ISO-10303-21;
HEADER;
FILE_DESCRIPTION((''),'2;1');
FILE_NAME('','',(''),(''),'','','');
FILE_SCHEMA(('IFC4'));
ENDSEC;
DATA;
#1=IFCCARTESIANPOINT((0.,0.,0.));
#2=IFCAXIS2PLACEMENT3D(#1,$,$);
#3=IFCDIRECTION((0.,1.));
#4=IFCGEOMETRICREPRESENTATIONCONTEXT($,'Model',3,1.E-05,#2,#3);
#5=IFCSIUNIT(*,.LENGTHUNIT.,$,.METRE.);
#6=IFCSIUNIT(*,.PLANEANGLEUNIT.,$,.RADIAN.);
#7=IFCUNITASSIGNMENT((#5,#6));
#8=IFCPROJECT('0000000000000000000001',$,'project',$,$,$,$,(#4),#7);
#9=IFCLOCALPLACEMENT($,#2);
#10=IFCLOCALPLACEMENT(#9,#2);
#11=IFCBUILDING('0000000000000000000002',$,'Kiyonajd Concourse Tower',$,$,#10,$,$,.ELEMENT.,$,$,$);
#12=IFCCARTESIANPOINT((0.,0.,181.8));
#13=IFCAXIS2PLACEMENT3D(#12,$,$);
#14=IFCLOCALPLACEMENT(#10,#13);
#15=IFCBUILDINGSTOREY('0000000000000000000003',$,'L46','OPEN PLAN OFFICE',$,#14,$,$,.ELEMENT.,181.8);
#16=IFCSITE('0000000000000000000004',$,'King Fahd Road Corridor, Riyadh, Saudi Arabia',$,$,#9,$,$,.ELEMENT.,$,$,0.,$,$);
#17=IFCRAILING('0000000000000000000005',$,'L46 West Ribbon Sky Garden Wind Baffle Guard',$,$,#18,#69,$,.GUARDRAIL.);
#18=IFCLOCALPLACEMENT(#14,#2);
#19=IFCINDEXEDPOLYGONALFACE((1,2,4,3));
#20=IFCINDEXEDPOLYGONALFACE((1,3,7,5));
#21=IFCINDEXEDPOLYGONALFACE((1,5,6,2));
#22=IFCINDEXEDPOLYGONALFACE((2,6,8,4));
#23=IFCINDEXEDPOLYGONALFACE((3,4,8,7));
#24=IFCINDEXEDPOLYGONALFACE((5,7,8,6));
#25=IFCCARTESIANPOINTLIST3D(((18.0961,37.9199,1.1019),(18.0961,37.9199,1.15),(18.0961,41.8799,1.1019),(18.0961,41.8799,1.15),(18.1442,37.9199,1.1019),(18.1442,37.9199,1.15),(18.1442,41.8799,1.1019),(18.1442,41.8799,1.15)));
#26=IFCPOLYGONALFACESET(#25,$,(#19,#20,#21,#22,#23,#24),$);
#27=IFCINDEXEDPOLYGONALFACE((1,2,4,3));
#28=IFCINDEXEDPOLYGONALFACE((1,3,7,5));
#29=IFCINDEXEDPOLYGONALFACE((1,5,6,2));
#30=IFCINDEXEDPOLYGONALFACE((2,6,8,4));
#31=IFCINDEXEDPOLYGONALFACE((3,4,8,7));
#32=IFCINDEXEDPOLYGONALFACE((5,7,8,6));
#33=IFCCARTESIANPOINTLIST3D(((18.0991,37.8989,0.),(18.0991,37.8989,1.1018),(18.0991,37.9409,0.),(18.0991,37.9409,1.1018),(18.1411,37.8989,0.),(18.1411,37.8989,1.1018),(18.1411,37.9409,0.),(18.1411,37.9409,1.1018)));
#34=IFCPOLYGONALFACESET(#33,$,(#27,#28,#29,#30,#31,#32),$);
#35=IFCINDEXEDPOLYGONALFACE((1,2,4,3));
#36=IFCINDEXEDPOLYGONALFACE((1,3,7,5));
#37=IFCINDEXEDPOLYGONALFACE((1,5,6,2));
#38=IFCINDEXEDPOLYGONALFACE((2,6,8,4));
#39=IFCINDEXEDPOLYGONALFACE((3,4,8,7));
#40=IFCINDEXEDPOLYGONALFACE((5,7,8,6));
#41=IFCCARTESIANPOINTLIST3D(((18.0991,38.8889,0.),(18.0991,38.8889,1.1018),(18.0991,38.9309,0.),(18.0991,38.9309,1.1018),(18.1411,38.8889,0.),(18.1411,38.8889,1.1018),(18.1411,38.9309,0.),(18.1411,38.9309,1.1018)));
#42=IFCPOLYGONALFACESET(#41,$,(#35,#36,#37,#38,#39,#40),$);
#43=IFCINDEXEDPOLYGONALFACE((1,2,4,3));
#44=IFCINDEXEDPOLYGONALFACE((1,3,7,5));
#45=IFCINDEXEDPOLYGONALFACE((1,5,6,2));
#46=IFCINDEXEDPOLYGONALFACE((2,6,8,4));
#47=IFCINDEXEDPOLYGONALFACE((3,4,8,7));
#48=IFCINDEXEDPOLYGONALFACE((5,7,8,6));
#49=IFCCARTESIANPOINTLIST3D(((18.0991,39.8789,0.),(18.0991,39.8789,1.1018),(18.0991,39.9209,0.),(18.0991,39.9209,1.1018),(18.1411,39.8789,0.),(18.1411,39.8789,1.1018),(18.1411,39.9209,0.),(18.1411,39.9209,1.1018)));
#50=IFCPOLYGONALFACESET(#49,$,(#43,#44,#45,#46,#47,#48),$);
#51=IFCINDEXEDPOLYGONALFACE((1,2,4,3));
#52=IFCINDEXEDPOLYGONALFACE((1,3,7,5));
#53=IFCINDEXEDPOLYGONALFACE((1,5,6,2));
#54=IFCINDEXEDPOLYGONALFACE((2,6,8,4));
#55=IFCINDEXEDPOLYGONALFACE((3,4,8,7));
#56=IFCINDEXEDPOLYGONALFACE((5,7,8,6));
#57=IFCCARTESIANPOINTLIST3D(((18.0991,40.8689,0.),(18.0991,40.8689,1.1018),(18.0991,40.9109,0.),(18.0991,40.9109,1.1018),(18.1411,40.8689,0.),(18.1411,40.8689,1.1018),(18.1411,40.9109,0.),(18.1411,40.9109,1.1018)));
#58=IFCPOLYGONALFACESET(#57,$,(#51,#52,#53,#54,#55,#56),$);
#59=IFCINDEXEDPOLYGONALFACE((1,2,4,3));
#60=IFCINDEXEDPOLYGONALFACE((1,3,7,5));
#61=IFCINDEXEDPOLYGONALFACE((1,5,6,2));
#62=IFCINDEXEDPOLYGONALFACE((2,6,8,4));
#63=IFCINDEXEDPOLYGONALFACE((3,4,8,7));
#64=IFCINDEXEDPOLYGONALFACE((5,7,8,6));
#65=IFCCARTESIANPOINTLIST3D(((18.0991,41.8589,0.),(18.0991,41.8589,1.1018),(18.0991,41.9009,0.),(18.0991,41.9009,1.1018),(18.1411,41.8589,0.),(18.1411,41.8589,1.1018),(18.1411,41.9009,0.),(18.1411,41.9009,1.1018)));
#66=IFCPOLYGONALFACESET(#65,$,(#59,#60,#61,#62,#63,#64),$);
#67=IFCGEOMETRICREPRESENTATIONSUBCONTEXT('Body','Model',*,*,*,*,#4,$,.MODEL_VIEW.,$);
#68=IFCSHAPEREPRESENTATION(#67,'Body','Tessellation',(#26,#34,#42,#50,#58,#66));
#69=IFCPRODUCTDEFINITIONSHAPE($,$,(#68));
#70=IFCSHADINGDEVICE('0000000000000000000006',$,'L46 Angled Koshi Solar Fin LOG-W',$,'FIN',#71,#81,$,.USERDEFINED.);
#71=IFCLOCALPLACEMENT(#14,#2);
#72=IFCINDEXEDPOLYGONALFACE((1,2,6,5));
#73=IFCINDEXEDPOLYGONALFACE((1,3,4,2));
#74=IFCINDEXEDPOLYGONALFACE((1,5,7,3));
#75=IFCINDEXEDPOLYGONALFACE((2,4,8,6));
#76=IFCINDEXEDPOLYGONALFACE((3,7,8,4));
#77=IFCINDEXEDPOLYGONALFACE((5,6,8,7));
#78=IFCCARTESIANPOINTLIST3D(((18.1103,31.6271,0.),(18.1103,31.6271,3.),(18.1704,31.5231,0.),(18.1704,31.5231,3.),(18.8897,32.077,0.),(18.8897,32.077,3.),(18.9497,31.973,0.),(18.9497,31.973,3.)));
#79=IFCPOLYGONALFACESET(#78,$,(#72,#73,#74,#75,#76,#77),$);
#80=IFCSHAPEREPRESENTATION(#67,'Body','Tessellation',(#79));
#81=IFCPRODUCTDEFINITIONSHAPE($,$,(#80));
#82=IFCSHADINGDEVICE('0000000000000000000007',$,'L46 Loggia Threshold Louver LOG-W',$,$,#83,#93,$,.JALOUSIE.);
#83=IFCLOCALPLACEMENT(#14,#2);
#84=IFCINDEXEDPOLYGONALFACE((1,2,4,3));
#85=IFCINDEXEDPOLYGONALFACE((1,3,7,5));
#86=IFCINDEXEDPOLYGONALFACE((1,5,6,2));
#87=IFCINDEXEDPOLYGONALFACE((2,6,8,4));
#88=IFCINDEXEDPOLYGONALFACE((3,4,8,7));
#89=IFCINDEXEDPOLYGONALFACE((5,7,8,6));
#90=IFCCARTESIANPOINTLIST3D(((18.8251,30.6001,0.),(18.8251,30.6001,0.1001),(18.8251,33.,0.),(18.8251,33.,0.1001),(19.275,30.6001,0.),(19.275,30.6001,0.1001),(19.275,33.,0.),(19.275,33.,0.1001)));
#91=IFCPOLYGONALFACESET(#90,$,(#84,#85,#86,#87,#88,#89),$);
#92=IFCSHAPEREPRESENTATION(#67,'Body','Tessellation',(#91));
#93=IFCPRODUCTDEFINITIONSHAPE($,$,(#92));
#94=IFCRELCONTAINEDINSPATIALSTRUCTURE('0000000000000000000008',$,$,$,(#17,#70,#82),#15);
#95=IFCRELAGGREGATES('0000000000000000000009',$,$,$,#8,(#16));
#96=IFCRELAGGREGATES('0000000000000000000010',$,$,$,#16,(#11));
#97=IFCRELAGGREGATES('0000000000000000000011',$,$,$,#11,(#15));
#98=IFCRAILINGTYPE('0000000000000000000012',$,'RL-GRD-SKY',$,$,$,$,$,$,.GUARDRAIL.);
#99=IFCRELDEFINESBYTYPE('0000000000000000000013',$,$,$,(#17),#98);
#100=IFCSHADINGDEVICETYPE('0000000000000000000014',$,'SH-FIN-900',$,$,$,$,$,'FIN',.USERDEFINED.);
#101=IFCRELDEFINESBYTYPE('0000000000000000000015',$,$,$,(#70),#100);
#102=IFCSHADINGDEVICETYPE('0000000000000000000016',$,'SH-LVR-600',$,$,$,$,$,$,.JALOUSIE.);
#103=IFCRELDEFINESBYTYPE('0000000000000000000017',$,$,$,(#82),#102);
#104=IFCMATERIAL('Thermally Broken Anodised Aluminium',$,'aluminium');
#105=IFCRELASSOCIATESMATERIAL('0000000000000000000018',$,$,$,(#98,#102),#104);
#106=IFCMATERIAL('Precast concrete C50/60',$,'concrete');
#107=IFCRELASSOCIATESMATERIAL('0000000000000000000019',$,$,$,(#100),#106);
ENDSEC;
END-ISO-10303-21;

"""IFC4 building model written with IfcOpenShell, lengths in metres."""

from ifc_helpers import new_model, si_unit, direction, frame, origin, origin_2d, place, context, subcontext, project, spatial, rectangle, extrude, material, type_object, element, save


model = new_model("IFC4")

# Units and contexts
model_context = context("Model", 3, precision=1e-05, world=origin(), true_north=direction((0.0, 1.0)))
body_context = subcontext(model_context, "Body", "Model", "MODEL_VIEW")
ifc_project = project(units=[si_unit("LENGTHUNIT", "METRE"), si_unit("PLANEANGLEUNIT", "RADIAN")], contexts=[model_context])

# Site, building, storey
site_placement = place(None, origin())
site = spatial("IfcSite", under=ifc_project, at=site_placement, Name="King Fahd Road Corridor, Riyadh, Saudi Arabia", CompositionType="ELEMENT", RefElevation=0.0)
building_placement = place(site_placement, origin())
building = spatial("IfcBuilding", under=site, at=building_placement, Name="Kiyonajd Concourse Tower", CompositionType="ELEMENT")
storey_placement = place(building_placement, frame((0.0, 0.0, 181.8)))
storey = spatial("IfcBuildingStorey", under=building, at=storey_placement, Name="L46", Description="OPEN PLAN OFFICE", CompositionType="ELEMENT", Elevation=181.8)

# Shared definitions
ifc_material_1 = material(Name="Thermally Broken Anodised Aluminium", Category="aluminium")

# Shared definitions
ifc_material_2 = material(Name="Precast concrete C50/60", Category="concrete")

# Railing
railing_type_1 = type_object("IfcRailingType", Name="RL-GRD-SKY", PredefinedType="GUARDRAIL", material=ifc_material_1)
railing_1_placement = place(storey_placement, frame((18.1201, 37.9199, 0.0)))
element("IfcRailing", 1, at=railing_1_placement, inside=storey, type_object=railing_type_1, Name="L46 West Ribbon Sky Garden Wind Baffle Guard", PredefinedType="GUARDRAIL", context=body_context, shape_type="SweptSolid", body=[
    extrude(rectangle(XDim=0.0481, YDim=0.0481, at=origin_2d()), frame((0.0, 0.0, 1.126), z_axis=(0.0, 1.0, 0.0), x_axis=(-1.0, 0.0, 0.0)), (0.0, 0.0, 1.0), 3.96),
    extrude(rectangle(XDim=0.042, YDim=0.042, at=origin_2d()), origin(), (0.0, 0.0, 1.0), 1.1018),
    extrude(rectangle(XDim=0.042, YDim=0.042, at=origin_2d()), frame((0.0, 0.99, 0.0)), (0.0, 0.0, 1.0), 1.1018),
    extrude(rectangle(XDim=0.042, YDim=0.042, at=origin_2d()), frame((0.0, 1.98, 0.0)), (0.0, 0.0, 1.0), 1.1018),
    extrude(rectangle(XDim=0.042, YDim=0.042, at=origin_2d()), frame((0.0, 2.97, 0.0)), (0.0, 0.0, 1.0), 1.1018),
    extrude(rectangle(XDim=0.042, YDim=0.042, at=origin_2d()), frame((0.0, 3.96, 0.0)), (0.0, 0.0, 1.0), 1.1018),
])

# Shading devices
shading_device_type_1 = type_object("IfcShadingDeviceType", Name="SH-FIN-900", ElementType="FIN", PredefinedType="USERDEFINED", material=ifc_material_2)
shading_device_1_placement = place(storey_placement, frame((18.53, 31.8, 0.0), z_axis=(0.0, 0.0, 1.0), x_axis=(0.866025, 0.5, 0.0)))
element("IfcShadingDevice", 2, at=shading_device_1_placement, inside=storey, type_object=shading_device_type_1, Name="L46 Angled Koshi Solar Fin LOG-W", ObjectType="FIN", PredefinedType="USERDEFINED", context=body_context, shape_type="SweptSolid", body=[
    extrude(rectangle(XDim=0.8999, YDim=0.1201, at=origin_2d()), origin(), (0.0, 0.0, 1.0), 3.0),
])
shading_device_type_2 = type_object("IfcShadingDeviceType", Name="SH-LVR-600", PredefinedType="JALOUSIE", material=ifc_material_1)
shading_device_2_placement = place(storey_placement, frame((19.05, 31.8, 0.0), z_axis=(0.0, 0.0, 1.0), x_axis=(0.0, 1.0, 0.0)))
element("IfcShadingDevice", 3, at=shading_device_2_placement, inside=storey, type_object=shading_device_type_2, Name="L46 Loggia Threshold Louver LOG-W", PredefinedType="JALOUSIE", context=body_context, shape_type="SweptSolid", body=[
    extrude(rectangle(XDim=2.3999, YDim=0.45, at=origin_2d()), origin(), (0.0, 0.0, 1.0), 0.1001),
])

save(model, "model.ifc")
